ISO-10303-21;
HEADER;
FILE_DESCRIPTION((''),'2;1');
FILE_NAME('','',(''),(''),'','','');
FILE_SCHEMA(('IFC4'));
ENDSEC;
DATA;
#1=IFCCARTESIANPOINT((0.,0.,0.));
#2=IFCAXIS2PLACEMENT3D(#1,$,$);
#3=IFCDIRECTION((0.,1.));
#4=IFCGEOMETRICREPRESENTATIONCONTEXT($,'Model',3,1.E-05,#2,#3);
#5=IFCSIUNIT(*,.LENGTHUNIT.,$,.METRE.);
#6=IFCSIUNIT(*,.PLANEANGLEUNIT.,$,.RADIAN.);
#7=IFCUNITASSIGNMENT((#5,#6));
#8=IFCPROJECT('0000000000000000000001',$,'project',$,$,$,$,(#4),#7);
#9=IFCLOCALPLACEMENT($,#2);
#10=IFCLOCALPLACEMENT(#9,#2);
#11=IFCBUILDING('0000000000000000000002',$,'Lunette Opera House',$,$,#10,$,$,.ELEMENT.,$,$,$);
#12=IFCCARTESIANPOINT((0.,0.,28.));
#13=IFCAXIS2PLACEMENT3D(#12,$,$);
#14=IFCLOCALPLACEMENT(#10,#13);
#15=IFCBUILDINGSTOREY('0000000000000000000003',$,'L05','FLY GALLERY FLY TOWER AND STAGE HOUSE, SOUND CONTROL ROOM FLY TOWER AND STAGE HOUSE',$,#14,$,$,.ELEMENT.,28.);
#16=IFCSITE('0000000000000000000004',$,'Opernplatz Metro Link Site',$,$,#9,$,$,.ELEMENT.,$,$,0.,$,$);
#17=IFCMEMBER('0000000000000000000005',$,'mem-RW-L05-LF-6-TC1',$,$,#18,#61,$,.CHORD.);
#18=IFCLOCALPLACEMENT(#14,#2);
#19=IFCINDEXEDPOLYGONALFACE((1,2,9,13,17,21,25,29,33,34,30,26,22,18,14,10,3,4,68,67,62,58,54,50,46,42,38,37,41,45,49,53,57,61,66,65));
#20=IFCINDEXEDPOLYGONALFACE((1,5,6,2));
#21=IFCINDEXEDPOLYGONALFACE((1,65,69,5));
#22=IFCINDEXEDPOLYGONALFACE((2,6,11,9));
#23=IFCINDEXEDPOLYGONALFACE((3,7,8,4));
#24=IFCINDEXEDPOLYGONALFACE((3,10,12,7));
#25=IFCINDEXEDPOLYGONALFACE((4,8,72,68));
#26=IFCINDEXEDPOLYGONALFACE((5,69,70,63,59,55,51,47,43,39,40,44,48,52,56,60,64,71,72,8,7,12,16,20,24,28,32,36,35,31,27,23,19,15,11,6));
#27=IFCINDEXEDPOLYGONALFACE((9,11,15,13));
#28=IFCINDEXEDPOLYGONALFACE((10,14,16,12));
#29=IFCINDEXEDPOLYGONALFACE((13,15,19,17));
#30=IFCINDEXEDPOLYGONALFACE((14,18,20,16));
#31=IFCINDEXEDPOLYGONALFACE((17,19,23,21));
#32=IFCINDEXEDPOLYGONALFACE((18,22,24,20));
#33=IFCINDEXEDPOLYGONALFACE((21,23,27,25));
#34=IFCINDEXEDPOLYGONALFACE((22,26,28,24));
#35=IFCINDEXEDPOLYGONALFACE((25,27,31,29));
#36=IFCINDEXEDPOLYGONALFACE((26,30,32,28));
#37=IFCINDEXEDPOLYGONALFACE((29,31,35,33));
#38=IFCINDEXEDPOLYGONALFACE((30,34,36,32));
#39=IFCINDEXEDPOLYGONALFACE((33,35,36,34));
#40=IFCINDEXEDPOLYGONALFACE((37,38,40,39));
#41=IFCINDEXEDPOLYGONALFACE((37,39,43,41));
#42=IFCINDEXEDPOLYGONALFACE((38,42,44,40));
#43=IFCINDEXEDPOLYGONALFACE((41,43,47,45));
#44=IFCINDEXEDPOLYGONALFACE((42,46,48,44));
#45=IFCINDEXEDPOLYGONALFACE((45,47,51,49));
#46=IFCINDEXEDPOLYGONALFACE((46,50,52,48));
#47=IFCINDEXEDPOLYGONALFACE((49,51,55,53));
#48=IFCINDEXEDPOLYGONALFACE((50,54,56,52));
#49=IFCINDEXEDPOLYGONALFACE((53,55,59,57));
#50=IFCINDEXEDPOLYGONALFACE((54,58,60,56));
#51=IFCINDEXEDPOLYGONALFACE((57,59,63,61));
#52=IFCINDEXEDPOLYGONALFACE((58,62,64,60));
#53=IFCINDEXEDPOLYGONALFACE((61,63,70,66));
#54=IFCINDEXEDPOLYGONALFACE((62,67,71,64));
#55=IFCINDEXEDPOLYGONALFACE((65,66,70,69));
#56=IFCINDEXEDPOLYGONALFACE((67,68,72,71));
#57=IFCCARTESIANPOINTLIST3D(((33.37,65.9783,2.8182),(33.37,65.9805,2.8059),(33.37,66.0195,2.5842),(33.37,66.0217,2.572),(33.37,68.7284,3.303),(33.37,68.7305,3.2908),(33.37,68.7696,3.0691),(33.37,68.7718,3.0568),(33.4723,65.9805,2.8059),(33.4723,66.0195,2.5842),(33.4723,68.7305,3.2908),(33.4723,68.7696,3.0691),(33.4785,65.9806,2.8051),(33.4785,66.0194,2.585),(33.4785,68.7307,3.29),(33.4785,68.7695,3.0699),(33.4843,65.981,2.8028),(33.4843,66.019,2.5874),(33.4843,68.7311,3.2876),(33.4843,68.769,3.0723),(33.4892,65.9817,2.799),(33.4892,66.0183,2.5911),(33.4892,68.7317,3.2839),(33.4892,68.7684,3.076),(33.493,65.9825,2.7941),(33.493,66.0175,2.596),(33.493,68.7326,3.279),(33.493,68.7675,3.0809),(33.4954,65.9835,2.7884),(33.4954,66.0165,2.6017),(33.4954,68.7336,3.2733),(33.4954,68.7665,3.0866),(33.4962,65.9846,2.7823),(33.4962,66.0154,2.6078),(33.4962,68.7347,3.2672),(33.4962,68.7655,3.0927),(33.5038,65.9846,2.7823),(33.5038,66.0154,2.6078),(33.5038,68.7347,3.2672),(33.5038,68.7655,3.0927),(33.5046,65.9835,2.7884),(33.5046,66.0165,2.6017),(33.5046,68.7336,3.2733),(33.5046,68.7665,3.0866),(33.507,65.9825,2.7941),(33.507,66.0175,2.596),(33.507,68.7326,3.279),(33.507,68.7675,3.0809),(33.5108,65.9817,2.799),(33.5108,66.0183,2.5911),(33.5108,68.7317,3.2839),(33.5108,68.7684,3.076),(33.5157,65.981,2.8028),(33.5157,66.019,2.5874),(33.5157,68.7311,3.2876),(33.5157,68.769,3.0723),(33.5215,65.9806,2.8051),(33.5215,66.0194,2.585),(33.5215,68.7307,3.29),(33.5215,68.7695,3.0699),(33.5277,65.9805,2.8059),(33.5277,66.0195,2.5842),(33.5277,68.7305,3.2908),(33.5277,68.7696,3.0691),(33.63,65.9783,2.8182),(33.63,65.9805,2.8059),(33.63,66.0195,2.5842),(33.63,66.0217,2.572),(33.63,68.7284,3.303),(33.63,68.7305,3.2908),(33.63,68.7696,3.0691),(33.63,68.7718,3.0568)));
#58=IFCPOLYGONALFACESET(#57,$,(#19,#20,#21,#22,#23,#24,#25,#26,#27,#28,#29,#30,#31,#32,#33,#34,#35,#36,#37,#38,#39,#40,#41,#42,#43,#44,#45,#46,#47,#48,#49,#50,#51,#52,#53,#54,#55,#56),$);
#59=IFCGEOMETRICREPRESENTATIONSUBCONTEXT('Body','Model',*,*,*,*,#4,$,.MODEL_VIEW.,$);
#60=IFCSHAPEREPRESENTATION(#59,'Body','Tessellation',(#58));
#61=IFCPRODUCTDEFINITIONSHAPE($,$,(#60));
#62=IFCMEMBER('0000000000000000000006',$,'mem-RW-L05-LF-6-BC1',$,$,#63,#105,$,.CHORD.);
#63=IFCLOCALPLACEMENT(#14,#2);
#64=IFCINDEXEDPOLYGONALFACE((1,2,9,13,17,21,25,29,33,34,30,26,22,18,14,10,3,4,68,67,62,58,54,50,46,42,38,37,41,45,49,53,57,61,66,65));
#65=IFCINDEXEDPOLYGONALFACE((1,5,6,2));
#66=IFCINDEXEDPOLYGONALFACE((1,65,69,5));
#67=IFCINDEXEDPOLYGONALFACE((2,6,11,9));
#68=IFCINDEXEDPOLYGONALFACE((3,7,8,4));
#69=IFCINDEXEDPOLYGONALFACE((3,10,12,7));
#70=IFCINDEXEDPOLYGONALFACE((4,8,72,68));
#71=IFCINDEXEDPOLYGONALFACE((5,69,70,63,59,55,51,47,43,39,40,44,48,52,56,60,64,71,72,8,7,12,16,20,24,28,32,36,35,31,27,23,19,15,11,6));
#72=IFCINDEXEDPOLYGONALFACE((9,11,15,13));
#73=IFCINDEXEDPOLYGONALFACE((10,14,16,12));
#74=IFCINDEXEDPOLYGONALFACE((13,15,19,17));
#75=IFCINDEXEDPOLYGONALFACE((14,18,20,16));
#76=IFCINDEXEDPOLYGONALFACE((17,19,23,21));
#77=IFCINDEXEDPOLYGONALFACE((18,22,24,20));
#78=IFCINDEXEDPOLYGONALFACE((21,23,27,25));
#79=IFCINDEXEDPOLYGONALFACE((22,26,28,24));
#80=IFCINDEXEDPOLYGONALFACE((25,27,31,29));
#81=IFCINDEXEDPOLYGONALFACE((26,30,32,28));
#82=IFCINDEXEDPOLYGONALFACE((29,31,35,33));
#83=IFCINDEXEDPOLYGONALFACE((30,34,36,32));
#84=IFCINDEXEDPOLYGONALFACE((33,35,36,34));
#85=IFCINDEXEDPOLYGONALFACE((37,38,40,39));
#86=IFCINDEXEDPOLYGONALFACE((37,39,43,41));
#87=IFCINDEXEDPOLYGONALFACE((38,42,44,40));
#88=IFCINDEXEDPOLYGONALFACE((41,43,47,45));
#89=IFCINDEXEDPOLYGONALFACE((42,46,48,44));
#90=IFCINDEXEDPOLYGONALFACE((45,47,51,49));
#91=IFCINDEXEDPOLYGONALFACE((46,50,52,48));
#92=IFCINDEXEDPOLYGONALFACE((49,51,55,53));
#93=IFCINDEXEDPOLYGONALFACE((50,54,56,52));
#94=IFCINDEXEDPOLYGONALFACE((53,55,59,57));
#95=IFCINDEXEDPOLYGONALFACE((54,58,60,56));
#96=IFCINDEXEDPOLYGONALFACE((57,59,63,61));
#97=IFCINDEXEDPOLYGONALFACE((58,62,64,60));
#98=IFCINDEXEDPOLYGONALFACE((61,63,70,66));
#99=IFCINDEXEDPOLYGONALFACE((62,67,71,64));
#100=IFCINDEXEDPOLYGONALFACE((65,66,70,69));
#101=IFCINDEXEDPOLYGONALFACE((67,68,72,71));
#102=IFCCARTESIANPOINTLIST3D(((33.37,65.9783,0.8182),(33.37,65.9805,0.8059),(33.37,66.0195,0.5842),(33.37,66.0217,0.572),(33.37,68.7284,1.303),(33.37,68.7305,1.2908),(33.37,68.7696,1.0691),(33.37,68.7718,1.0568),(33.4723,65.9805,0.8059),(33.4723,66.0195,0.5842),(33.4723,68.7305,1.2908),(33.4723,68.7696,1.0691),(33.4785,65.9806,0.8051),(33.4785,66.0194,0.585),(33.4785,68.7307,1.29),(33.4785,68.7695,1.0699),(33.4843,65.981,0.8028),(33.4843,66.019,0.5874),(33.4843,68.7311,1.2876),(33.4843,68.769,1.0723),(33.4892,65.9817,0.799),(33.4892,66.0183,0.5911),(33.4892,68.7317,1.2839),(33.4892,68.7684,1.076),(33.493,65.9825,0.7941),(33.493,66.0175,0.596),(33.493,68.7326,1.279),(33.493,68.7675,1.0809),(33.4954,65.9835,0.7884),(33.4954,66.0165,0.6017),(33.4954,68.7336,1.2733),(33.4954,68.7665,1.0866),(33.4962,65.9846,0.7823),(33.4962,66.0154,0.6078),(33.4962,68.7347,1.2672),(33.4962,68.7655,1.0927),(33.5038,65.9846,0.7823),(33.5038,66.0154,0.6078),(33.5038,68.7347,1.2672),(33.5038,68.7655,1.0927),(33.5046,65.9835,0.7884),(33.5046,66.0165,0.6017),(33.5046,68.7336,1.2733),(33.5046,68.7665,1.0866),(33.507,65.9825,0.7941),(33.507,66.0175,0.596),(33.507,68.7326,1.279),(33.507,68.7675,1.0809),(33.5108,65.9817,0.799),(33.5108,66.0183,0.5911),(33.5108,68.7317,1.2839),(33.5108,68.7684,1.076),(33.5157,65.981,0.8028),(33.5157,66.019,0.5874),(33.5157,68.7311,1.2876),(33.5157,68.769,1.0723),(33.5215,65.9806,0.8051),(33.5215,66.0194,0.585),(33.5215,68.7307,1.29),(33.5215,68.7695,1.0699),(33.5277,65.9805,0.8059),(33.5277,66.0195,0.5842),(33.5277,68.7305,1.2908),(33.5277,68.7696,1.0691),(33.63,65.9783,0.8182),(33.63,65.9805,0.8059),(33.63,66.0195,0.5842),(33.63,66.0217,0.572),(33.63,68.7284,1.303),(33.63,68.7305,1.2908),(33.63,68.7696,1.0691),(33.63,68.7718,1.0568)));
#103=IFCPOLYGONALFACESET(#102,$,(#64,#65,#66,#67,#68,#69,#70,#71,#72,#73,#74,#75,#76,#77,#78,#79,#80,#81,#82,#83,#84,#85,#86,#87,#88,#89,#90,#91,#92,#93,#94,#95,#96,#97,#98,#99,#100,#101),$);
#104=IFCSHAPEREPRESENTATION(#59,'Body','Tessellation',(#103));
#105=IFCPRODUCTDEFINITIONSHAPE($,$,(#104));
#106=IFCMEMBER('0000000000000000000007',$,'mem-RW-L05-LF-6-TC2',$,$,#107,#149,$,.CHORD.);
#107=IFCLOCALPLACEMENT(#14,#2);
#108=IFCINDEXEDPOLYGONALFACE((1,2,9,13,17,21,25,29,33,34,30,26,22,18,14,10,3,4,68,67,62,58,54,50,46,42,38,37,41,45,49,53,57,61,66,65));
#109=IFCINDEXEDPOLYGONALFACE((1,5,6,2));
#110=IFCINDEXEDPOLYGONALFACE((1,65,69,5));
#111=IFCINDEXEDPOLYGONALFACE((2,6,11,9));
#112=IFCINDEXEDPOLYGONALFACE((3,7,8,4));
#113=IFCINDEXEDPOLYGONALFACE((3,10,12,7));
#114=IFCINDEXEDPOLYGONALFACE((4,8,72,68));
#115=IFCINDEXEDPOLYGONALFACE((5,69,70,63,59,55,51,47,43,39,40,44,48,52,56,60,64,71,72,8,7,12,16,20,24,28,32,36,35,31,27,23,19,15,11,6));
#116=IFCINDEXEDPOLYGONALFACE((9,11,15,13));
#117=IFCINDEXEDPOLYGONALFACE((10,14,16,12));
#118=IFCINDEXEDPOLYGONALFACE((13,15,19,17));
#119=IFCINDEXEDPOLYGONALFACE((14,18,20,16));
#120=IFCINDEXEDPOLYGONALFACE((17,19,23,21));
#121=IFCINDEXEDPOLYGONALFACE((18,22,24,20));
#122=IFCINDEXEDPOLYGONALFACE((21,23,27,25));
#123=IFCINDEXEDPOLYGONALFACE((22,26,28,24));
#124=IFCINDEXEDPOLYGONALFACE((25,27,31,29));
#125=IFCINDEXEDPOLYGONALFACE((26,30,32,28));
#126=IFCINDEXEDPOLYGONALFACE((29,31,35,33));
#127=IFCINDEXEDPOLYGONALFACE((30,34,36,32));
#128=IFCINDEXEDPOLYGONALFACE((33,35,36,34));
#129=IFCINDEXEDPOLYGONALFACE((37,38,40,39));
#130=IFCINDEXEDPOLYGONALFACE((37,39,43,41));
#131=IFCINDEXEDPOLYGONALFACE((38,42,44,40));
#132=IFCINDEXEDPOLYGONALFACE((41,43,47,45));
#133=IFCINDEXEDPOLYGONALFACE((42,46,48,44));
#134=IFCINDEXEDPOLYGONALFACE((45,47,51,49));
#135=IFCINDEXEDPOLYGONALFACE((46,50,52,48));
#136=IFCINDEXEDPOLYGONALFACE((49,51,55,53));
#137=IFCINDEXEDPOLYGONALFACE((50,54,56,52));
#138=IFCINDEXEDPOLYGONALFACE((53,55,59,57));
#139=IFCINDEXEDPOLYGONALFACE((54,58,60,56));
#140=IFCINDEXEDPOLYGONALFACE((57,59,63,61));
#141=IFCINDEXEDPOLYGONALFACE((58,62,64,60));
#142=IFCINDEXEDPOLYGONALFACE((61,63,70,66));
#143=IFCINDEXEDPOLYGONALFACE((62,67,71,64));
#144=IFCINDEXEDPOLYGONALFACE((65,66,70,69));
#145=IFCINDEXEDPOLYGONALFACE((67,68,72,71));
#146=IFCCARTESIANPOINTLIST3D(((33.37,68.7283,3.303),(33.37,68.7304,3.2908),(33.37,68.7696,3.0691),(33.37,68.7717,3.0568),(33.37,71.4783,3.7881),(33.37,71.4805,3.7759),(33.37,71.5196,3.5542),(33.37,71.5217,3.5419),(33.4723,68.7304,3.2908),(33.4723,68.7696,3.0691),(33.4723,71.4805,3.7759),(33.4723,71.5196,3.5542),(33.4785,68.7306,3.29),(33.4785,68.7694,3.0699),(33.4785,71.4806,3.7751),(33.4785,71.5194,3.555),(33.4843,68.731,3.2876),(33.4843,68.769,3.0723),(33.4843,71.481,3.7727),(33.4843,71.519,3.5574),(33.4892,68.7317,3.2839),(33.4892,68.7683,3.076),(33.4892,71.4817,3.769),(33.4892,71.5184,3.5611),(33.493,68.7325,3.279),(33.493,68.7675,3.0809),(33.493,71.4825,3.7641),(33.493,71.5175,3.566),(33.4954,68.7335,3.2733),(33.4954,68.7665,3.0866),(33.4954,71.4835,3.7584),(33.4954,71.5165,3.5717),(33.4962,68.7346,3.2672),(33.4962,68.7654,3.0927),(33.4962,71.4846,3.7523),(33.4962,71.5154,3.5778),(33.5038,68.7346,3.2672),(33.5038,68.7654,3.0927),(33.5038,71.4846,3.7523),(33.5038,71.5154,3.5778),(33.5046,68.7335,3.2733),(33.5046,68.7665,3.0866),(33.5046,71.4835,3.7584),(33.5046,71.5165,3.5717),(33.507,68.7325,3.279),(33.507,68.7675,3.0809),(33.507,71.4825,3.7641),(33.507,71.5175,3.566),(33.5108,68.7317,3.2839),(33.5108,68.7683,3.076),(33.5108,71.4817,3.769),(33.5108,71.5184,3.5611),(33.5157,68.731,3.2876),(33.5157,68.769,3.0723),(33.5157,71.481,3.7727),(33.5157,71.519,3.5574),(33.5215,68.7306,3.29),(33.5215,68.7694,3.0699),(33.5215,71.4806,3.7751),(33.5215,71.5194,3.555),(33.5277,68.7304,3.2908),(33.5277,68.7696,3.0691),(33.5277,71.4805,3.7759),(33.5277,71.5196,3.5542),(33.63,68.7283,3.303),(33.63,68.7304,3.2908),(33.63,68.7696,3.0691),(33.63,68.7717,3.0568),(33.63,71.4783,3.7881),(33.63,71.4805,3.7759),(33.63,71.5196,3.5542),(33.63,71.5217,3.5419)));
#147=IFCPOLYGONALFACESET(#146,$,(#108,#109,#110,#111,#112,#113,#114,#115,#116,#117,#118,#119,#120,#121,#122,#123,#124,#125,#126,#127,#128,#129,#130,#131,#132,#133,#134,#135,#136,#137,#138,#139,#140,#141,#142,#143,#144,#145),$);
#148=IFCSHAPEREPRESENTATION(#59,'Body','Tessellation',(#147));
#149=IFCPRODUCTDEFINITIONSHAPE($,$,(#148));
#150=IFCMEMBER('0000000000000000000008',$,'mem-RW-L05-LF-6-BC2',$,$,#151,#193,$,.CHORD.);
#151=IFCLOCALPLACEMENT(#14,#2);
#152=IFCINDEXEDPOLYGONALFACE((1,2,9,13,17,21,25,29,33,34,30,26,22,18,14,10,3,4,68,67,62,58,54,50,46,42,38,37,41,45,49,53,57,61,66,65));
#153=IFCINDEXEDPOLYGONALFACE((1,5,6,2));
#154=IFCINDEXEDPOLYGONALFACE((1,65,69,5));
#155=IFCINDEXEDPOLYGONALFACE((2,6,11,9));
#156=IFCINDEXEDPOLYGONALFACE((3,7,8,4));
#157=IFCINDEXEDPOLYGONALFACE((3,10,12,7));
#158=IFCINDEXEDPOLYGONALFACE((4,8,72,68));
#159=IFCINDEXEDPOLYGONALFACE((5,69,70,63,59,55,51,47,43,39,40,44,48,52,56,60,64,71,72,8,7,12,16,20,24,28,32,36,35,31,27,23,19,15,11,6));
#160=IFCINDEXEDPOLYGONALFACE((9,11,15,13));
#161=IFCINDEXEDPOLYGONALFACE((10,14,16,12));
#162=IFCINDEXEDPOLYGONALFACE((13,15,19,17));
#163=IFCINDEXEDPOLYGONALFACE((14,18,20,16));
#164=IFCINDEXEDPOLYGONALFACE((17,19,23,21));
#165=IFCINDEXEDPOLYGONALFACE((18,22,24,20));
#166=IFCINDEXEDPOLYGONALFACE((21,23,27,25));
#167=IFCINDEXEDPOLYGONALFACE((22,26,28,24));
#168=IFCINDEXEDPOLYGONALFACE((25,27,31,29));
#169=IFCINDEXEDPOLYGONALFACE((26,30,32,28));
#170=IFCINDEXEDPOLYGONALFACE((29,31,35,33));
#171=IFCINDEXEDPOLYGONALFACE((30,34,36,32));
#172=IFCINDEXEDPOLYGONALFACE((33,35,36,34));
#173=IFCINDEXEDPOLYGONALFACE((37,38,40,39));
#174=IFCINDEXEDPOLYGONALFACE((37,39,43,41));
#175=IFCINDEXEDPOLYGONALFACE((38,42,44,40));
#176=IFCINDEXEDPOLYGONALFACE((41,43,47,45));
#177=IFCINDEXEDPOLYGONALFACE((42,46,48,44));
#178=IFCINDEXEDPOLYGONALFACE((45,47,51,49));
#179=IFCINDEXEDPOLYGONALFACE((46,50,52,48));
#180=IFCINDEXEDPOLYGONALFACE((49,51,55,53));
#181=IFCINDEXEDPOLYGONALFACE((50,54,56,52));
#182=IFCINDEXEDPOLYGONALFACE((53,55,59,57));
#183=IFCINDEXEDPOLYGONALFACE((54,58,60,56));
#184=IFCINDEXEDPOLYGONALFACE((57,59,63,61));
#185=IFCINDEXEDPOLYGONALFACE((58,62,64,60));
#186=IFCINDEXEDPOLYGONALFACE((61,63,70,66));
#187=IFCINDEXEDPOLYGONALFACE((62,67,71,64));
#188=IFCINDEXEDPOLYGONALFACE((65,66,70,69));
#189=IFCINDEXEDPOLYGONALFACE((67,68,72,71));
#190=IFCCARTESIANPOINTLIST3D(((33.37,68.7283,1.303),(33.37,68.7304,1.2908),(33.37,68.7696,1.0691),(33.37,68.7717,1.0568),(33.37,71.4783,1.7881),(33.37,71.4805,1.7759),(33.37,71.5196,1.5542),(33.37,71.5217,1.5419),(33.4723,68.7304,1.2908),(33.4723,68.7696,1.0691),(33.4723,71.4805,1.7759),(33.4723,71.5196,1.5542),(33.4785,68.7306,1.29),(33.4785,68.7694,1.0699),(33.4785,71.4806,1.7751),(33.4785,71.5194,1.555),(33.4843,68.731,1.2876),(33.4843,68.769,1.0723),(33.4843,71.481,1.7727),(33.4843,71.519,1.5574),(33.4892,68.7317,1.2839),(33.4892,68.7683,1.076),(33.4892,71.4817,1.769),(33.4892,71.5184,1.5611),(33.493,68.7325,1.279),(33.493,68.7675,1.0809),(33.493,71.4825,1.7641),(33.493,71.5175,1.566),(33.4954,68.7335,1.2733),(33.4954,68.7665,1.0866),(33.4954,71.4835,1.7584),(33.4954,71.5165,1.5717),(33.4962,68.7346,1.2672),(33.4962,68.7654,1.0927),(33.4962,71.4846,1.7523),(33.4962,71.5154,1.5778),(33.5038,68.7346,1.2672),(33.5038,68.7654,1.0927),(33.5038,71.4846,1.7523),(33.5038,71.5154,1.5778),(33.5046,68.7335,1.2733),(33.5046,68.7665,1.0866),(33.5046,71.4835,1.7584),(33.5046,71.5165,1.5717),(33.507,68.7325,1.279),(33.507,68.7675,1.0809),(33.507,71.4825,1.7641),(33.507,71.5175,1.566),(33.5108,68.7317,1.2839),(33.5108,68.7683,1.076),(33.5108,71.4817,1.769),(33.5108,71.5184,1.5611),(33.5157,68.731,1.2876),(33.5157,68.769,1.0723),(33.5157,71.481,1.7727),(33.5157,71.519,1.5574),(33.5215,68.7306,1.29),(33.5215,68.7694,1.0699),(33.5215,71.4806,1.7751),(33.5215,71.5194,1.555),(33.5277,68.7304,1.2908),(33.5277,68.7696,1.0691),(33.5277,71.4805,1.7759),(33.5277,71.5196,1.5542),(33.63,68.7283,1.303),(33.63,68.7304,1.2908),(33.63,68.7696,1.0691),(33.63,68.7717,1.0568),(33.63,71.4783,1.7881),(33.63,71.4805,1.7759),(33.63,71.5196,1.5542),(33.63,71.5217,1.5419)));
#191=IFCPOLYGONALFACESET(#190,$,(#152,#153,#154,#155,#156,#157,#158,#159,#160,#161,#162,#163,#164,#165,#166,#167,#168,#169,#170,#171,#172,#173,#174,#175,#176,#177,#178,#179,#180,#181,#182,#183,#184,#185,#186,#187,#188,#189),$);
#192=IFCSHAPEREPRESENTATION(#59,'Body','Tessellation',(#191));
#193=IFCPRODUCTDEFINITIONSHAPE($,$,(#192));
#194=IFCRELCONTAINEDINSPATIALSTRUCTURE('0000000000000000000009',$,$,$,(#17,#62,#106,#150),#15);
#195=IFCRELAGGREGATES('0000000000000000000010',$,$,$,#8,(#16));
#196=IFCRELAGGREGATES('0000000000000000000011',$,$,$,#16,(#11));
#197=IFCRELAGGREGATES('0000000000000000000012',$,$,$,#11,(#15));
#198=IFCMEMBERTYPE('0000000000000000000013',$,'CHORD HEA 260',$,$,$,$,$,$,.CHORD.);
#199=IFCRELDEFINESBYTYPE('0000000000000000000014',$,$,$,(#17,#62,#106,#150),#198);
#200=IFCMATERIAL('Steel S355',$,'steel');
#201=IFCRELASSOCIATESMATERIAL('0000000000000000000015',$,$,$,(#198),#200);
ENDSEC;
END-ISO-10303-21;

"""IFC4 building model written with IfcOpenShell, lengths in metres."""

from ifc_helpers import new_model, si_unit, direction, frame, origin, origin_2d, place, context, subcontext, project, spatial, i_section, extrude, material, material_profile, profile_set, type_object, element, save


model = new_model("IFC4")

# Units and contexts
model_context = context("Model", 3, precision=1e-05, world=origin(), true_north=direction((0.0, 1.0)))
body_context = subcontext(model_context, "Body", "Model", "MODEL_VIEW")
ifc_project = project(units=[si_unit("LENGTHUNIT", "METRE"), si_unit("PLANEANGLEUNIT", "RADIAN")], contexts=[model_context])

# Site, building, storey
site_placement = place(None, origin())
site = spatial("IfcSite", under=ifc_project, at=site_placement, Name="Opernplatz Metro Link Site", CompositionType="ELEMENT", RefElevation=0.0)
building_placement = place(site_placement, origin())
building = spatial("IfcBuilding", under=site, at=building_placement, Name="Lunette Opera House", CompositionType="ELEMENT")
storey_placement = place(building_placement, frame((0.0, 0.0, 28.0)))
storey = spatial("IfcBuildingStorey", under=building, at=storey_placement, Name="L05", Description="FLY GALLERY FLY TOWER AND STAGE HOUSE, SOUND CONTROL ROOM FLY TOWER AND STAGE HOUSE", CompositionType="ELEMENT", Elevation=28.0)

# Members
ifc_material_1 = material(Name="Steel S355", Category="steel")
ifc_material_profile_1 = material_profile(ifc_material_1, i_section(OverallWidth=0.26, OverallDepth=0.25, WebThickness=0.0076, FlangeThickness=0.0125, FilletRadius=0.0239, at=origin_2d()), Name="HEA 260")
ifc_profile_set_1 = profile_set([ifc_material_profile_1], Name="Steel S355")
member_type_1 = type_object("IfcMemberType", Name="CHORD HEA 260", PredefinedType="CHORD", material=ifc_profile_set_1)
for number, where, z_axis, x_axis, name in (
    (1, (33.5, 66.0, 2.6951), (0.0, 0.98481, 0.173636), (-1.0, 0.0, 0.0), "mem-RW-L05-LF-6-TC1"),
    (2, (33.5, 66.0, 0.6951), (0.0, 0.98481, 0.173636), (-1.0, 0.0, 0.0), "mem-RW-L05-LF-6-BC1"),
    (3, (33.5, 68.75, 3.1799), (0.0, 0.984795, 0.17372), (-1.0, 0.0, 0.0), "mem-RW-L05-LF-6-TC2"),
    (4, (33.5, 68.75, 1.1799), (0.0, 0.984795, 0.17372), (-1.0, 0.0, 0.0), "mem-RW-L05-LF-6-BC2"),
):
    element("IfcMember", number, at=place(storey_placement, frame(where, z_axis=z_axis, x_axis=x_axis)), inside=storey, type_object=member_type_1, Name=name, PredefinedType="CHORD", context=body_context, shape_type="SweptSolid", body=[
        extrude(i_section(OverallWidth=0.26, OverallDepth=0.25, WebThickness=0.0076, FlangeThickness=0.0125, FilletRadius=0.0239, at=origin_2d()), origin(), (0.0, 0.0, 1.0), 2.7925),
    ])

save(model, "model.ifc")
